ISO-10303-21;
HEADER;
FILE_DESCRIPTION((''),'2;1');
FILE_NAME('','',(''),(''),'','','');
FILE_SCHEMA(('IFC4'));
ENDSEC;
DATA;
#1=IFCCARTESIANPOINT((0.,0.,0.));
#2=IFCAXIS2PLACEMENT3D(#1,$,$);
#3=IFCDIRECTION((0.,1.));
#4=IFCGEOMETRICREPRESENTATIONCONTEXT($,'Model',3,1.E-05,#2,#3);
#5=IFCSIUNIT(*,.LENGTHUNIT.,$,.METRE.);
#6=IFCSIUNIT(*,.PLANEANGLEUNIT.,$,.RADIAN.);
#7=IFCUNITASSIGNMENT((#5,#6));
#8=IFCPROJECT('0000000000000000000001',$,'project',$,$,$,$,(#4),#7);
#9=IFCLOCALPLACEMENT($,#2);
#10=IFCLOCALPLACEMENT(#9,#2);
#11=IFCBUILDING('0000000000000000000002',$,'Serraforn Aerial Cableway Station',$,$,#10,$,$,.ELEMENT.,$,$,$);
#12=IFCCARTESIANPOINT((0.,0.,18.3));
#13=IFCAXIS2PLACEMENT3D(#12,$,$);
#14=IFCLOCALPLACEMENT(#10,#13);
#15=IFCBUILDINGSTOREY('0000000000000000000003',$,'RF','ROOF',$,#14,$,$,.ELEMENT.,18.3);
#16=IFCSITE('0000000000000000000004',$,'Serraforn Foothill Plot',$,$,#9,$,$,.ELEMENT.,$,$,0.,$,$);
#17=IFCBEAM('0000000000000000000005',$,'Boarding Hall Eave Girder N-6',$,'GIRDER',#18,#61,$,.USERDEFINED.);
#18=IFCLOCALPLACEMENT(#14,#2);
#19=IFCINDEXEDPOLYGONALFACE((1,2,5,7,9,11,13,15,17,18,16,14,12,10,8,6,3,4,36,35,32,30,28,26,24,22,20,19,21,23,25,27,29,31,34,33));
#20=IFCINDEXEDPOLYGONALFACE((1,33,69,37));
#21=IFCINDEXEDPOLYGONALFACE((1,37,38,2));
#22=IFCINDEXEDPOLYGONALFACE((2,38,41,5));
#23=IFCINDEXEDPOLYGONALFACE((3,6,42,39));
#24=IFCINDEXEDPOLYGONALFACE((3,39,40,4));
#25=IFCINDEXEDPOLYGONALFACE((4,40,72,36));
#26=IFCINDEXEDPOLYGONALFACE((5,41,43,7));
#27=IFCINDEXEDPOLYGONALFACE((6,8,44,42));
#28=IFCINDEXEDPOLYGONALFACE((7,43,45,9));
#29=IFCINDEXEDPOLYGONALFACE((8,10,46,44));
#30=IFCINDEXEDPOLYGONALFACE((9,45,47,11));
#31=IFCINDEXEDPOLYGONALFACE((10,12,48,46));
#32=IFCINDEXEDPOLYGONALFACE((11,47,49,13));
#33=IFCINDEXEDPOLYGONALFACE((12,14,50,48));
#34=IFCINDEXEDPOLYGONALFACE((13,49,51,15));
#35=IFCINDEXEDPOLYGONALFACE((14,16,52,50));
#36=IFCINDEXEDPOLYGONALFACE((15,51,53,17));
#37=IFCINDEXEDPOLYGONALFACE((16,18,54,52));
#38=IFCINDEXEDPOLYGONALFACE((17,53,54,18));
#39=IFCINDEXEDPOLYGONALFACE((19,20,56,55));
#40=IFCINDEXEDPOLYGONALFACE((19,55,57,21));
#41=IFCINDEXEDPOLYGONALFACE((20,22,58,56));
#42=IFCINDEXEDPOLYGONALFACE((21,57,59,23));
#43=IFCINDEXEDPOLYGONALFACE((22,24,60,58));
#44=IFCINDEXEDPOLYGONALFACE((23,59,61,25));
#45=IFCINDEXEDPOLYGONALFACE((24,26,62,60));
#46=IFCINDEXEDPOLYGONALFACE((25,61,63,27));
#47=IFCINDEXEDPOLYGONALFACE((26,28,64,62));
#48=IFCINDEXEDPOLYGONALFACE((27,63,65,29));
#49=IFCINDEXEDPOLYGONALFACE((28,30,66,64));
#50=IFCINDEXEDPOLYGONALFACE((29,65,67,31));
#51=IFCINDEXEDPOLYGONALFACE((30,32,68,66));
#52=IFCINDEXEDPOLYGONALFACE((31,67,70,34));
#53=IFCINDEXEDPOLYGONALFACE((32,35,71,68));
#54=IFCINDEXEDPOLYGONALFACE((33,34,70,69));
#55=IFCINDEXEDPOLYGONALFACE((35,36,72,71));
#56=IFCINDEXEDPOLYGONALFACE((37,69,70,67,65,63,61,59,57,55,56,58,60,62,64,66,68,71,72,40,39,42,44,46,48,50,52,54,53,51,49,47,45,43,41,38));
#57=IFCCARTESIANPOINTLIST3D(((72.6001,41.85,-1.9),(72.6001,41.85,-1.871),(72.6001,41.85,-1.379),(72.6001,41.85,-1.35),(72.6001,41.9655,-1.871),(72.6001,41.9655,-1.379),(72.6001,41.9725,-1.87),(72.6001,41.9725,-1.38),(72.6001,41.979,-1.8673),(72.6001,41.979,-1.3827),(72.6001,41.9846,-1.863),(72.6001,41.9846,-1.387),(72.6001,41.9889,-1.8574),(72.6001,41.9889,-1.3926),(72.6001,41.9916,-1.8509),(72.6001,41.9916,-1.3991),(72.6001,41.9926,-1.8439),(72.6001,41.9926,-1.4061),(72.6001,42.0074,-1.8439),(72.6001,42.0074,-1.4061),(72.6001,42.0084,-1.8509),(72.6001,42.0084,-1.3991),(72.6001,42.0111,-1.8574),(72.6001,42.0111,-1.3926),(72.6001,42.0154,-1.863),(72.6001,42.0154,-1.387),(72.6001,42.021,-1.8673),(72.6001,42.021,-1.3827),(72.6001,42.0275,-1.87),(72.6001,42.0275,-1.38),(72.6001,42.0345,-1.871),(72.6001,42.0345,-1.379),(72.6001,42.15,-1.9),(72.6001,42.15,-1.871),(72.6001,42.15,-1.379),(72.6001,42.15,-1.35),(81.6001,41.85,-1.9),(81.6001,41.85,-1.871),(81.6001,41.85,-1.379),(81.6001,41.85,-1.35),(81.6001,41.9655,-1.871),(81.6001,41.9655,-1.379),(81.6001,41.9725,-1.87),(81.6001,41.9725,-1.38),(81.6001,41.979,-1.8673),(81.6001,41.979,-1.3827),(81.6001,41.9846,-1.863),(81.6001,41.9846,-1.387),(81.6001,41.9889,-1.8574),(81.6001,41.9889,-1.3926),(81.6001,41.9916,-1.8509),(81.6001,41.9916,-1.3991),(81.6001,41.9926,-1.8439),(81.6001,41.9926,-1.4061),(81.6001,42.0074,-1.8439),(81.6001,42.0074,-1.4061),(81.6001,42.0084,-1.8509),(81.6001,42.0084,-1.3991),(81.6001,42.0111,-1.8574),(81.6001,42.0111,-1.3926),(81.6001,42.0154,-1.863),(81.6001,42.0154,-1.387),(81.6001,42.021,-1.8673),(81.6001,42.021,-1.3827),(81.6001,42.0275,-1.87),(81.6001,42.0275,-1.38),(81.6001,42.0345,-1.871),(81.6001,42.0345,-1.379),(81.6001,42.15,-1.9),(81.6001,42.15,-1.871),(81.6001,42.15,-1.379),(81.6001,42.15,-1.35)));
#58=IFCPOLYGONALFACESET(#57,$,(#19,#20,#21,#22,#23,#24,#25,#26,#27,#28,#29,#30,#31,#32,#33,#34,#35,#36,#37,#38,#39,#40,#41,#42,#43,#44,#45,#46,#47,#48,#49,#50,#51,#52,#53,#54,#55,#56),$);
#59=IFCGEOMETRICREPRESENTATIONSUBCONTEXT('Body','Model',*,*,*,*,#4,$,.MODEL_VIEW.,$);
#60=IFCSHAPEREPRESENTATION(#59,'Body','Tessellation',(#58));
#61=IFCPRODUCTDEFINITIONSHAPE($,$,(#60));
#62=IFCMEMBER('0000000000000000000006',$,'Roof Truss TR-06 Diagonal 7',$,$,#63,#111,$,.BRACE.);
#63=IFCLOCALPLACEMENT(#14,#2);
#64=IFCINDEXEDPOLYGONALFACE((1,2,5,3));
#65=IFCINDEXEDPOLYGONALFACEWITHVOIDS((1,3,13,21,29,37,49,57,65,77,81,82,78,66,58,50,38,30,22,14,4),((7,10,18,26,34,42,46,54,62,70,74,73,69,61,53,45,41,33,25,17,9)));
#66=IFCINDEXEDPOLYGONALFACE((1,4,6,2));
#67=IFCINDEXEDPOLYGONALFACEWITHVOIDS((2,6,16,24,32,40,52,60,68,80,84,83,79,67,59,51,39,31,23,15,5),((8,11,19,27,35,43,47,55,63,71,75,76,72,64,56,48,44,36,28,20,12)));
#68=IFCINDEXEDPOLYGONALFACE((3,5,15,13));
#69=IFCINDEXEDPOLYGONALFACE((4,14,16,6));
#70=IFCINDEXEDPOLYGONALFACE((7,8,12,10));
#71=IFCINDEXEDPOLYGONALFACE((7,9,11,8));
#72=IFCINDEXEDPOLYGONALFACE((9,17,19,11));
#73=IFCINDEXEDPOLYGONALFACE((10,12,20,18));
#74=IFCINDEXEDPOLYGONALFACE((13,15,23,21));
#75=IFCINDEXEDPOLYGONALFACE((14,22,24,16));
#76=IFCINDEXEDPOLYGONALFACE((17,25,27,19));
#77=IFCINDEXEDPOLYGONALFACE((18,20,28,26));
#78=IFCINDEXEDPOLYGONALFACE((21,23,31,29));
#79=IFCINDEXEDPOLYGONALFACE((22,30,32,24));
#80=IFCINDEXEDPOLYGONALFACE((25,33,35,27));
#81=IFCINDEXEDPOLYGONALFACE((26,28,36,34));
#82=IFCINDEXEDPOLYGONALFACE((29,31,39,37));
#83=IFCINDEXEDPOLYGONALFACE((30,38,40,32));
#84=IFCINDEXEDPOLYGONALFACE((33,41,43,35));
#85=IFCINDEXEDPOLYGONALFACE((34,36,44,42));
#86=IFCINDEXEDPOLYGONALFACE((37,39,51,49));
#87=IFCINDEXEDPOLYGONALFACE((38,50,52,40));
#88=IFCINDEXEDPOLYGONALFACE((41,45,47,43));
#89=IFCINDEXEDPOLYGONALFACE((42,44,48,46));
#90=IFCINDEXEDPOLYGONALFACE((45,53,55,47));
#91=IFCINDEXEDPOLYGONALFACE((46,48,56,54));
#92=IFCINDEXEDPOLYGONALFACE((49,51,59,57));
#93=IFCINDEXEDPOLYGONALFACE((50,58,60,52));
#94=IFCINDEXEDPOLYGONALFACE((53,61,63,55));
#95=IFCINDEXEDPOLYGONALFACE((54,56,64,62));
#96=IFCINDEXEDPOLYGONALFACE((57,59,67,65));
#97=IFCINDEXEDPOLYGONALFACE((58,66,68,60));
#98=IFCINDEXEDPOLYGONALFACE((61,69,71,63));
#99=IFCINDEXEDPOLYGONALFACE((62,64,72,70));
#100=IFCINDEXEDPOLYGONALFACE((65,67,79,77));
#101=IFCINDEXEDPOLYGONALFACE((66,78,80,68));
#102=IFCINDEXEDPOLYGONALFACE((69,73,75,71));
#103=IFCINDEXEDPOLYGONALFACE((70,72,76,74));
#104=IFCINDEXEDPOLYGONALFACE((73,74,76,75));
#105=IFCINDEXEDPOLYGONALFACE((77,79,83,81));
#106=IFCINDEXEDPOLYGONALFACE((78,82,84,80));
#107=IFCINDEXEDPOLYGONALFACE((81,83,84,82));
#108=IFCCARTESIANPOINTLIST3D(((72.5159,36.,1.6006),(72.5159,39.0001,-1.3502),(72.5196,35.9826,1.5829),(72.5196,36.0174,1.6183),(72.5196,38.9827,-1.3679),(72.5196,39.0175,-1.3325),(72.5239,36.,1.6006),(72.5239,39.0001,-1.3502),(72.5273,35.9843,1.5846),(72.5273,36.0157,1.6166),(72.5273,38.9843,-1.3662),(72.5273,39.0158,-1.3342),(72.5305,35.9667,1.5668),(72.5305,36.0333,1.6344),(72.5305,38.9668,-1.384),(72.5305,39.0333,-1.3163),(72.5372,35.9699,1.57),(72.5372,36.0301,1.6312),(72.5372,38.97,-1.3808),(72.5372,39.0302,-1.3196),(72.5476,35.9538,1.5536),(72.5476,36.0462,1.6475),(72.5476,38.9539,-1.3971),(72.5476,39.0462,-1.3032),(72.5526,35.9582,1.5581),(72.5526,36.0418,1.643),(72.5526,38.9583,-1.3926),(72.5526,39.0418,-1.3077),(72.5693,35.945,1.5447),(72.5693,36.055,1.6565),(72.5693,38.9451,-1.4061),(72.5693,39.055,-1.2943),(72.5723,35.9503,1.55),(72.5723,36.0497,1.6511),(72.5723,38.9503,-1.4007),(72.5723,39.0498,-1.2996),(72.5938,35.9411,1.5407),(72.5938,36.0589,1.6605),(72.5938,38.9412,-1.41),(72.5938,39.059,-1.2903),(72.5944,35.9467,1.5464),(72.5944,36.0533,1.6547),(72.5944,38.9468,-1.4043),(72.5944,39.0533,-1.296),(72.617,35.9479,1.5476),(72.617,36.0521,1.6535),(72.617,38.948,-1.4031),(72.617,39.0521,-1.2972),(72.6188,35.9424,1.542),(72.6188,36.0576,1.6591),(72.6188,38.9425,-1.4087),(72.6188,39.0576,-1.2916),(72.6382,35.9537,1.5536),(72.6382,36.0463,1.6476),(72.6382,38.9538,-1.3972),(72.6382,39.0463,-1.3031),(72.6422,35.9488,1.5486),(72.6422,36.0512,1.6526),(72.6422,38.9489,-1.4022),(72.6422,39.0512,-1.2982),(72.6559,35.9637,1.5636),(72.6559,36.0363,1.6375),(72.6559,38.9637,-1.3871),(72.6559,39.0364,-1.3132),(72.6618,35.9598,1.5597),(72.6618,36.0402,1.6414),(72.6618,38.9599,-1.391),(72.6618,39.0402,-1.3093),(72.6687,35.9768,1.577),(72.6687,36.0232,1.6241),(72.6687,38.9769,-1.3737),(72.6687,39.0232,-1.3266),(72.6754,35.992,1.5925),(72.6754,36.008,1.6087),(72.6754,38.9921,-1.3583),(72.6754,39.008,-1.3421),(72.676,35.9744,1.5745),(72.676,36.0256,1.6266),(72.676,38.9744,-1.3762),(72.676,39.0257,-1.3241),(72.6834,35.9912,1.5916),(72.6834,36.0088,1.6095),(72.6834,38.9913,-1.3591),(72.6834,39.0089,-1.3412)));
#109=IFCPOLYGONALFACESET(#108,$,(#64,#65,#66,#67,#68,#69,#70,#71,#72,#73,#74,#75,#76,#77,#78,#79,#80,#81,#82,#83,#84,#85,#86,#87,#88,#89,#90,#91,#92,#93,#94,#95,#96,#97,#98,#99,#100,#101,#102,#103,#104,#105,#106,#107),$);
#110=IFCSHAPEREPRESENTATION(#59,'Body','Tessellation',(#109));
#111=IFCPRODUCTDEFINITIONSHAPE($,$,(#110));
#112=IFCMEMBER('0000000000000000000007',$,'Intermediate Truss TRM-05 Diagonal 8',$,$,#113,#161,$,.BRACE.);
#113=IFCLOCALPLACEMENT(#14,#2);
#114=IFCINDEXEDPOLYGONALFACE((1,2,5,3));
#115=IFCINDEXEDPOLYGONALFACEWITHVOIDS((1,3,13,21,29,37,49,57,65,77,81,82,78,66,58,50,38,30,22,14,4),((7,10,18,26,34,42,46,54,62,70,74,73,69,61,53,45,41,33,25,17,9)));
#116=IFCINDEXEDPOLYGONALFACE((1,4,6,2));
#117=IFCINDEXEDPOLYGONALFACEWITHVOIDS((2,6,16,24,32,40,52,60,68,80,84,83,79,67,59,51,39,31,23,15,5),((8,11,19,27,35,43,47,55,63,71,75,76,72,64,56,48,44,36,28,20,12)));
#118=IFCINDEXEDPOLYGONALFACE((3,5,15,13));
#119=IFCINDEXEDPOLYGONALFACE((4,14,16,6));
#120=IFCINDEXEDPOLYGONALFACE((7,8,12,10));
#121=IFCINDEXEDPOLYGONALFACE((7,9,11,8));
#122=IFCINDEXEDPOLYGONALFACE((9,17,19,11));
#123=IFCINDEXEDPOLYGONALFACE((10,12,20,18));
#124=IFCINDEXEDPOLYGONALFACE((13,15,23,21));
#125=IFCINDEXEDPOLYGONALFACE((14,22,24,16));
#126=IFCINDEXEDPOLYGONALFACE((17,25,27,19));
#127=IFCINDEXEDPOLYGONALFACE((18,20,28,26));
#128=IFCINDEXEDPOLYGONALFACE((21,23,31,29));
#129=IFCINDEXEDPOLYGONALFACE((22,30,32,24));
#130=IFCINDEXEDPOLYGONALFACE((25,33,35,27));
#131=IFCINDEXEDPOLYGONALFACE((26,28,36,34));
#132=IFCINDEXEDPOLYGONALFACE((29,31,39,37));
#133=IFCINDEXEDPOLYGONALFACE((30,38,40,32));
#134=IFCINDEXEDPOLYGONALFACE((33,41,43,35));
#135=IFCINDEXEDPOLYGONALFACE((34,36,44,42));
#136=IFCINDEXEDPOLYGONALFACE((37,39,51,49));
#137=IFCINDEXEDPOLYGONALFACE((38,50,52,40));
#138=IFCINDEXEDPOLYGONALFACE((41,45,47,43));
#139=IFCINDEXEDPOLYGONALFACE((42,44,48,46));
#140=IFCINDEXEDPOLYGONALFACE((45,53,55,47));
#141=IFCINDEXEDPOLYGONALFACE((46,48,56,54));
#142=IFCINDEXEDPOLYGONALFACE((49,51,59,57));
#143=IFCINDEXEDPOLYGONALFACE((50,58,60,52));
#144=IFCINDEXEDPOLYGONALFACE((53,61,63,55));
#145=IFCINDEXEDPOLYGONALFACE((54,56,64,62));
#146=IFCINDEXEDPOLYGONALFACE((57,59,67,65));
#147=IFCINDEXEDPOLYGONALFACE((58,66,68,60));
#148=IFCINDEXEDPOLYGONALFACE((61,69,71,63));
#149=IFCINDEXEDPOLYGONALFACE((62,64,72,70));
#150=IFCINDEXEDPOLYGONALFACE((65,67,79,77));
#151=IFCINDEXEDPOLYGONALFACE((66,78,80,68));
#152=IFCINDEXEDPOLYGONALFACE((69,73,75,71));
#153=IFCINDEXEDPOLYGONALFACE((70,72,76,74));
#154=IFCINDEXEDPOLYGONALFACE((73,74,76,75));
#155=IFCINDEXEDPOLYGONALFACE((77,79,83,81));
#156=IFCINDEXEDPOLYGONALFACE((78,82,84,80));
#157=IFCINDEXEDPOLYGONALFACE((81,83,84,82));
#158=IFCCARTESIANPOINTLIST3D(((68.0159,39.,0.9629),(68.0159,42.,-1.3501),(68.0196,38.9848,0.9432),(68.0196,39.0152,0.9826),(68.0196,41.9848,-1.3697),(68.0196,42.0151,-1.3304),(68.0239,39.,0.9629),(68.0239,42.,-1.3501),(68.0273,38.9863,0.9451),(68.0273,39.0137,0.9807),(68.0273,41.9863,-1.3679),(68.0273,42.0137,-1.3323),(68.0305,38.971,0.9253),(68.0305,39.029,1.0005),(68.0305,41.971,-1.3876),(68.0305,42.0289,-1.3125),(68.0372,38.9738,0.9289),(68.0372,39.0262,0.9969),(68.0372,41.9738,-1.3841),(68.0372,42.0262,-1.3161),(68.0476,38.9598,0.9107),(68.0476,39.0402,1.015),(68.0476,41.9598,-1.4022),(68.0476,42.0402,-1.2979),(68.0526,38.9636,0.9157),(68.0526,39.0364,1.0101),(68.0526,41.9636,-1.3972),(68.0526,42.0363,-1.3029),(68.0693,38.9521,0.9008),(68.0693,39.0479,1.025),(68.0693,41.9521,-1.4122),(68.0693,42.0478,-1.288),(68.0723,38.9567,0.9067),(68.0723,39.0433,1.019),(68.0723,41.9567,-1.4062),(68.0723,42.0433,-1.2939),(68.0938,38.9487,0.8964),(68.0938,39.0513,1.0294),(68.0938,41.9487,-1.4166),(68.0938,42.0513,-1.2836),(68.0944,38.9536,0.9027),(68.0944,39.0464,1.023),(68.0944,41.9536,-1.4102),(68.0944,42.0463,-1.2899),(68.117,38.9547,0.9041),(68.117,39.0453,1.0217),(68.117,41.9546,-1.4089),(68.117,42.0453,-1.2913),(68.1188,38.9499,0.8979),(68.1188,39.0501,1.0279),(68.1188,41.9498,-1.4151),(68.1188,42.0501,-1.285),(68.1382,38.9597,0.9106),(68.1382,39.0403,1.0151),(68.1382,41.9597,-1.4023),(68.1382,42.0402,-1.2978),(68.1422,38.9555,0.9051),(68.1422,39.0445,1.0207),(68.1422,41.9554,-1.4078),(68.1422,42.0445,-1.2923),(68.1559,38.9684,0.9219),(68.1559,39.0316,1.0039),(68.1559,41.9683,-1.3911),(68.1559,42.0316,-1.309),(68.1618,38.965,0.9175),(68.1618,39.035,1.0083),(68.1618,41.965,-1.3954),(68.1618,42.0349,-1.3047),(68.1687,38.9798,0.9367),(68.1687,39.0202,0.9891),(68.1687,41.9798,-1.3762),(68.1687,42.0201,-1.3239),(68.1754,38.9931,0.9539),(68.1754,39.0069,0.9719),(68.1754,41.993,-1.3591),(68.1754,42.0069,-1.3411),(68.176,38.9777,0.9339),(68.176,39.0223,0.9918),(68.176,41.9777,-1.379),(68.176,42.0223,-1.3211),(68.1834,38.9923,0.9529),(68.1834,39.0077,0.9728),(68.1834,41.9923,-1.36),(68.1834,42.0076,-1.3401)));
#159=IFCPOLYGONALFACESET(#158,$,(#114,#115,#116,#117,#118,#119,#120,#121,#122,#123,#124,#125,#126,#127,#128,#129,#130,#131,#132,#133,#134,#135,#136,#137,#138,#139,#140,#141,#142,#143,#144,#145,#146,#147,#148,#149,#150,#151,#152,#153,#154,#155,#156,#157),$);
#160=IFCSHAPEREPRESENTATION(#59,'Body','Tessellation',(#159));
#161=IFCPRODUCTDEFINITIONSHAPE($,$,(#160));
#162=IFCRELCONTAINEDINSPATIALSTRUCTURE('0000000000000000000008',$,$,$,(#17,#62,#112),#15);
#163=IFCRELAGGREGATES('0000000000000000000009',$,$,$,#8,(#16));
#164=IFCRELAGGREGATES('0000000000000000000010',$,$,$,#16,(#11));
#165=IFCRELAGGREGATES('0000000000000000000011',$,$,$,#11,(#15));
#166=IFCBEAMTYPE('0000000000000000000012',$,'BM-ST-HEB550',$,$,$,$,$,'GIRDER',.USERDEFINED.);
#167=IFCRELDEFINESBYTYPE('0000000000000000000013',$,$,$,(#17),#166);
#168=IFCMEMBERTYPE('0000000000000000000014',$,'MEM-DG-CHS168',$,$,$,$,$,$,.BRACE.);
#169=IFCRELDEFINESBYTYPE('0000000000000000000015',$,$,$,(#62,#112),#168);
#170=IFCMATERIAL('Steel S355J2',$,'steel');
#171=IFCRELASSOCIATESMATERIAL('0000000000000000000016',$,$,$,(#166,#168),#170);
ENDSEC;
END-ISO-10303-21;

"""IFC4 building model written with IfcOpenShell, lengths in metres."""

from ifc_helpers import new_model, si_unit, direction, frame, origin, origin_2d, place, context, subcontext, project, spatial, hollow_circle, i_section, extrude, material, material_profile, profile_set, type_object, element, save


model = new_model("IFC4")

# Units and contexts
model_context = context("Model", 3, precision=1e-05, world=origin(), true_north=direction((0.0, 1.0)))
body_context = subcontext(model_context, "Body", "Model", "MODEL_VIEW")
ifc_project = project(units=[si_unit("LENGTHUNIT", "METRE"), si_unit("PLANEANGLEUNIT", "RADIAN")], contexts=[model_context])

# Site, building, storey
site_placement = place(None, origin())
site = spatial("IfcSite", under=ifc_project, at=site_placement, Name="Serraforn Foothill Plot", CompositionType="ELEMENT", RefElevation=0.0)
building_placement = place(site_placement, origin())
building = spatial("IfcBuilding", under=site, at=building_placement, Name="Serraforn Aerial Cableway Station", CompositionType="ELEMENT")
storey_placement = place(building_placement, frame((0.0, 0.0, 18.3)))
storey = spatial("IfcBuildingStorey", under=building, at=storey_placement, Name="RF", Description="ROOF", CompositionType="ELEMENT", Elevation=18.3)

# Beam
ifc_material_1 = material(Name="Steel S355J2", Category="steel")
ifc_material_profile_1 = material_profile(ifc_material_1, i_section(OverallWidth=0.3, OverallDepth=0.55, WebThickness=0.0149, FlangeThickness=0.0291, FilletRadius=0.0271, at=origin_2d()), Name="HEB 550")
ifc_profile_set_1 = profile_set([ifc_material_profile_1], Name="Steel S355J2")
beam_type = type_object("IfcBeamType", Name="BM-ST-HEB550", ElementType="GIRDER", PredefinedType="USERDEFINED", material=ifc_profile_set_1)
beam_placement = place(storey_placement, frame((72.6001, 42.0, -1.625), z_axis=(1.0, 0.0, 0.0), x_axis=(0.0, 1.0, 0.0)))
element("IfcBeam", 1, at=beam_placement, inside=storey, type_object=beam_type, Name="Boarding Hall Eave Girder N-6", ObjectType="GIRDER", PredefinedType="USERDEFINED", context=body_context, shape_type="SweptSolid", body=[
    extrude(i_section(OverallWidth=0.3, OverallDepth=0.55, WebThickness=0.0149, FlangeThickness=0.0291, FilletRadius=0.0271, at=origin_2d()), origin(), (0.0, 0.0, 1.0), 9.0),
])

# Members
ifc_material_profile_2 = material_profile(ifc_material_1, hollow_circle(Radius=0.0842, WallThickness=0.0081, at=origin_2d()), Name="CHS 168.3x8.0")
ifc_profile_set_2 = profile_set([ifc_material_profile_2], Name="Steel S355J2")
member_type_1 = type_object("IfcMemberType", Name="MEM-DG-CHS168", PredefinedType="BRACE", material=ifc_profile_set_2)
member_1_placement = place(storey_placement, frame((72.6001, 36.0, 1.6006), z_axis=(0.0, 0.712942, -0.701223), x_axis=(-1.0, 0.0, 0.0)))
element("IfcMember", 2, at=member_1_placement, inside=storey, type_object=member_type_1, Name="Roof Truss TR-06 Diagonal 7", PredefinedType="BRACE", context=body_context, shape_type="SweptSolid", body=[
    extrude(hollow_circle(Radius=0.0842, WallThickness=0.0081, at=origin_2d()), origin(), (0.0, 0.0, 1.0), 4.208),
])
member_2_placement = place(storey_placement, frame((68.1001, 39.0, 0.9629), z_axis=(0.0, 0.791948, -0.610589), x_axis=(-1.0, 0.0, 0.0)))
element("IfcMember", 3, at=member_2_placement, inside=storey, type_object=member_type_1, Name="Intermediate Truss TRM-05 Diagonal 8", PredefinedType="BRACE", context=body_context, shape_type="SweptSolid", body=[
    extrude(hollow_circle(Radius=0.0842, WallThickness=0.0081, at=origin_2d()), origin(), (0.0, 0.0, 1.0), 3.7881),
])

save(model, "model.ifc")
